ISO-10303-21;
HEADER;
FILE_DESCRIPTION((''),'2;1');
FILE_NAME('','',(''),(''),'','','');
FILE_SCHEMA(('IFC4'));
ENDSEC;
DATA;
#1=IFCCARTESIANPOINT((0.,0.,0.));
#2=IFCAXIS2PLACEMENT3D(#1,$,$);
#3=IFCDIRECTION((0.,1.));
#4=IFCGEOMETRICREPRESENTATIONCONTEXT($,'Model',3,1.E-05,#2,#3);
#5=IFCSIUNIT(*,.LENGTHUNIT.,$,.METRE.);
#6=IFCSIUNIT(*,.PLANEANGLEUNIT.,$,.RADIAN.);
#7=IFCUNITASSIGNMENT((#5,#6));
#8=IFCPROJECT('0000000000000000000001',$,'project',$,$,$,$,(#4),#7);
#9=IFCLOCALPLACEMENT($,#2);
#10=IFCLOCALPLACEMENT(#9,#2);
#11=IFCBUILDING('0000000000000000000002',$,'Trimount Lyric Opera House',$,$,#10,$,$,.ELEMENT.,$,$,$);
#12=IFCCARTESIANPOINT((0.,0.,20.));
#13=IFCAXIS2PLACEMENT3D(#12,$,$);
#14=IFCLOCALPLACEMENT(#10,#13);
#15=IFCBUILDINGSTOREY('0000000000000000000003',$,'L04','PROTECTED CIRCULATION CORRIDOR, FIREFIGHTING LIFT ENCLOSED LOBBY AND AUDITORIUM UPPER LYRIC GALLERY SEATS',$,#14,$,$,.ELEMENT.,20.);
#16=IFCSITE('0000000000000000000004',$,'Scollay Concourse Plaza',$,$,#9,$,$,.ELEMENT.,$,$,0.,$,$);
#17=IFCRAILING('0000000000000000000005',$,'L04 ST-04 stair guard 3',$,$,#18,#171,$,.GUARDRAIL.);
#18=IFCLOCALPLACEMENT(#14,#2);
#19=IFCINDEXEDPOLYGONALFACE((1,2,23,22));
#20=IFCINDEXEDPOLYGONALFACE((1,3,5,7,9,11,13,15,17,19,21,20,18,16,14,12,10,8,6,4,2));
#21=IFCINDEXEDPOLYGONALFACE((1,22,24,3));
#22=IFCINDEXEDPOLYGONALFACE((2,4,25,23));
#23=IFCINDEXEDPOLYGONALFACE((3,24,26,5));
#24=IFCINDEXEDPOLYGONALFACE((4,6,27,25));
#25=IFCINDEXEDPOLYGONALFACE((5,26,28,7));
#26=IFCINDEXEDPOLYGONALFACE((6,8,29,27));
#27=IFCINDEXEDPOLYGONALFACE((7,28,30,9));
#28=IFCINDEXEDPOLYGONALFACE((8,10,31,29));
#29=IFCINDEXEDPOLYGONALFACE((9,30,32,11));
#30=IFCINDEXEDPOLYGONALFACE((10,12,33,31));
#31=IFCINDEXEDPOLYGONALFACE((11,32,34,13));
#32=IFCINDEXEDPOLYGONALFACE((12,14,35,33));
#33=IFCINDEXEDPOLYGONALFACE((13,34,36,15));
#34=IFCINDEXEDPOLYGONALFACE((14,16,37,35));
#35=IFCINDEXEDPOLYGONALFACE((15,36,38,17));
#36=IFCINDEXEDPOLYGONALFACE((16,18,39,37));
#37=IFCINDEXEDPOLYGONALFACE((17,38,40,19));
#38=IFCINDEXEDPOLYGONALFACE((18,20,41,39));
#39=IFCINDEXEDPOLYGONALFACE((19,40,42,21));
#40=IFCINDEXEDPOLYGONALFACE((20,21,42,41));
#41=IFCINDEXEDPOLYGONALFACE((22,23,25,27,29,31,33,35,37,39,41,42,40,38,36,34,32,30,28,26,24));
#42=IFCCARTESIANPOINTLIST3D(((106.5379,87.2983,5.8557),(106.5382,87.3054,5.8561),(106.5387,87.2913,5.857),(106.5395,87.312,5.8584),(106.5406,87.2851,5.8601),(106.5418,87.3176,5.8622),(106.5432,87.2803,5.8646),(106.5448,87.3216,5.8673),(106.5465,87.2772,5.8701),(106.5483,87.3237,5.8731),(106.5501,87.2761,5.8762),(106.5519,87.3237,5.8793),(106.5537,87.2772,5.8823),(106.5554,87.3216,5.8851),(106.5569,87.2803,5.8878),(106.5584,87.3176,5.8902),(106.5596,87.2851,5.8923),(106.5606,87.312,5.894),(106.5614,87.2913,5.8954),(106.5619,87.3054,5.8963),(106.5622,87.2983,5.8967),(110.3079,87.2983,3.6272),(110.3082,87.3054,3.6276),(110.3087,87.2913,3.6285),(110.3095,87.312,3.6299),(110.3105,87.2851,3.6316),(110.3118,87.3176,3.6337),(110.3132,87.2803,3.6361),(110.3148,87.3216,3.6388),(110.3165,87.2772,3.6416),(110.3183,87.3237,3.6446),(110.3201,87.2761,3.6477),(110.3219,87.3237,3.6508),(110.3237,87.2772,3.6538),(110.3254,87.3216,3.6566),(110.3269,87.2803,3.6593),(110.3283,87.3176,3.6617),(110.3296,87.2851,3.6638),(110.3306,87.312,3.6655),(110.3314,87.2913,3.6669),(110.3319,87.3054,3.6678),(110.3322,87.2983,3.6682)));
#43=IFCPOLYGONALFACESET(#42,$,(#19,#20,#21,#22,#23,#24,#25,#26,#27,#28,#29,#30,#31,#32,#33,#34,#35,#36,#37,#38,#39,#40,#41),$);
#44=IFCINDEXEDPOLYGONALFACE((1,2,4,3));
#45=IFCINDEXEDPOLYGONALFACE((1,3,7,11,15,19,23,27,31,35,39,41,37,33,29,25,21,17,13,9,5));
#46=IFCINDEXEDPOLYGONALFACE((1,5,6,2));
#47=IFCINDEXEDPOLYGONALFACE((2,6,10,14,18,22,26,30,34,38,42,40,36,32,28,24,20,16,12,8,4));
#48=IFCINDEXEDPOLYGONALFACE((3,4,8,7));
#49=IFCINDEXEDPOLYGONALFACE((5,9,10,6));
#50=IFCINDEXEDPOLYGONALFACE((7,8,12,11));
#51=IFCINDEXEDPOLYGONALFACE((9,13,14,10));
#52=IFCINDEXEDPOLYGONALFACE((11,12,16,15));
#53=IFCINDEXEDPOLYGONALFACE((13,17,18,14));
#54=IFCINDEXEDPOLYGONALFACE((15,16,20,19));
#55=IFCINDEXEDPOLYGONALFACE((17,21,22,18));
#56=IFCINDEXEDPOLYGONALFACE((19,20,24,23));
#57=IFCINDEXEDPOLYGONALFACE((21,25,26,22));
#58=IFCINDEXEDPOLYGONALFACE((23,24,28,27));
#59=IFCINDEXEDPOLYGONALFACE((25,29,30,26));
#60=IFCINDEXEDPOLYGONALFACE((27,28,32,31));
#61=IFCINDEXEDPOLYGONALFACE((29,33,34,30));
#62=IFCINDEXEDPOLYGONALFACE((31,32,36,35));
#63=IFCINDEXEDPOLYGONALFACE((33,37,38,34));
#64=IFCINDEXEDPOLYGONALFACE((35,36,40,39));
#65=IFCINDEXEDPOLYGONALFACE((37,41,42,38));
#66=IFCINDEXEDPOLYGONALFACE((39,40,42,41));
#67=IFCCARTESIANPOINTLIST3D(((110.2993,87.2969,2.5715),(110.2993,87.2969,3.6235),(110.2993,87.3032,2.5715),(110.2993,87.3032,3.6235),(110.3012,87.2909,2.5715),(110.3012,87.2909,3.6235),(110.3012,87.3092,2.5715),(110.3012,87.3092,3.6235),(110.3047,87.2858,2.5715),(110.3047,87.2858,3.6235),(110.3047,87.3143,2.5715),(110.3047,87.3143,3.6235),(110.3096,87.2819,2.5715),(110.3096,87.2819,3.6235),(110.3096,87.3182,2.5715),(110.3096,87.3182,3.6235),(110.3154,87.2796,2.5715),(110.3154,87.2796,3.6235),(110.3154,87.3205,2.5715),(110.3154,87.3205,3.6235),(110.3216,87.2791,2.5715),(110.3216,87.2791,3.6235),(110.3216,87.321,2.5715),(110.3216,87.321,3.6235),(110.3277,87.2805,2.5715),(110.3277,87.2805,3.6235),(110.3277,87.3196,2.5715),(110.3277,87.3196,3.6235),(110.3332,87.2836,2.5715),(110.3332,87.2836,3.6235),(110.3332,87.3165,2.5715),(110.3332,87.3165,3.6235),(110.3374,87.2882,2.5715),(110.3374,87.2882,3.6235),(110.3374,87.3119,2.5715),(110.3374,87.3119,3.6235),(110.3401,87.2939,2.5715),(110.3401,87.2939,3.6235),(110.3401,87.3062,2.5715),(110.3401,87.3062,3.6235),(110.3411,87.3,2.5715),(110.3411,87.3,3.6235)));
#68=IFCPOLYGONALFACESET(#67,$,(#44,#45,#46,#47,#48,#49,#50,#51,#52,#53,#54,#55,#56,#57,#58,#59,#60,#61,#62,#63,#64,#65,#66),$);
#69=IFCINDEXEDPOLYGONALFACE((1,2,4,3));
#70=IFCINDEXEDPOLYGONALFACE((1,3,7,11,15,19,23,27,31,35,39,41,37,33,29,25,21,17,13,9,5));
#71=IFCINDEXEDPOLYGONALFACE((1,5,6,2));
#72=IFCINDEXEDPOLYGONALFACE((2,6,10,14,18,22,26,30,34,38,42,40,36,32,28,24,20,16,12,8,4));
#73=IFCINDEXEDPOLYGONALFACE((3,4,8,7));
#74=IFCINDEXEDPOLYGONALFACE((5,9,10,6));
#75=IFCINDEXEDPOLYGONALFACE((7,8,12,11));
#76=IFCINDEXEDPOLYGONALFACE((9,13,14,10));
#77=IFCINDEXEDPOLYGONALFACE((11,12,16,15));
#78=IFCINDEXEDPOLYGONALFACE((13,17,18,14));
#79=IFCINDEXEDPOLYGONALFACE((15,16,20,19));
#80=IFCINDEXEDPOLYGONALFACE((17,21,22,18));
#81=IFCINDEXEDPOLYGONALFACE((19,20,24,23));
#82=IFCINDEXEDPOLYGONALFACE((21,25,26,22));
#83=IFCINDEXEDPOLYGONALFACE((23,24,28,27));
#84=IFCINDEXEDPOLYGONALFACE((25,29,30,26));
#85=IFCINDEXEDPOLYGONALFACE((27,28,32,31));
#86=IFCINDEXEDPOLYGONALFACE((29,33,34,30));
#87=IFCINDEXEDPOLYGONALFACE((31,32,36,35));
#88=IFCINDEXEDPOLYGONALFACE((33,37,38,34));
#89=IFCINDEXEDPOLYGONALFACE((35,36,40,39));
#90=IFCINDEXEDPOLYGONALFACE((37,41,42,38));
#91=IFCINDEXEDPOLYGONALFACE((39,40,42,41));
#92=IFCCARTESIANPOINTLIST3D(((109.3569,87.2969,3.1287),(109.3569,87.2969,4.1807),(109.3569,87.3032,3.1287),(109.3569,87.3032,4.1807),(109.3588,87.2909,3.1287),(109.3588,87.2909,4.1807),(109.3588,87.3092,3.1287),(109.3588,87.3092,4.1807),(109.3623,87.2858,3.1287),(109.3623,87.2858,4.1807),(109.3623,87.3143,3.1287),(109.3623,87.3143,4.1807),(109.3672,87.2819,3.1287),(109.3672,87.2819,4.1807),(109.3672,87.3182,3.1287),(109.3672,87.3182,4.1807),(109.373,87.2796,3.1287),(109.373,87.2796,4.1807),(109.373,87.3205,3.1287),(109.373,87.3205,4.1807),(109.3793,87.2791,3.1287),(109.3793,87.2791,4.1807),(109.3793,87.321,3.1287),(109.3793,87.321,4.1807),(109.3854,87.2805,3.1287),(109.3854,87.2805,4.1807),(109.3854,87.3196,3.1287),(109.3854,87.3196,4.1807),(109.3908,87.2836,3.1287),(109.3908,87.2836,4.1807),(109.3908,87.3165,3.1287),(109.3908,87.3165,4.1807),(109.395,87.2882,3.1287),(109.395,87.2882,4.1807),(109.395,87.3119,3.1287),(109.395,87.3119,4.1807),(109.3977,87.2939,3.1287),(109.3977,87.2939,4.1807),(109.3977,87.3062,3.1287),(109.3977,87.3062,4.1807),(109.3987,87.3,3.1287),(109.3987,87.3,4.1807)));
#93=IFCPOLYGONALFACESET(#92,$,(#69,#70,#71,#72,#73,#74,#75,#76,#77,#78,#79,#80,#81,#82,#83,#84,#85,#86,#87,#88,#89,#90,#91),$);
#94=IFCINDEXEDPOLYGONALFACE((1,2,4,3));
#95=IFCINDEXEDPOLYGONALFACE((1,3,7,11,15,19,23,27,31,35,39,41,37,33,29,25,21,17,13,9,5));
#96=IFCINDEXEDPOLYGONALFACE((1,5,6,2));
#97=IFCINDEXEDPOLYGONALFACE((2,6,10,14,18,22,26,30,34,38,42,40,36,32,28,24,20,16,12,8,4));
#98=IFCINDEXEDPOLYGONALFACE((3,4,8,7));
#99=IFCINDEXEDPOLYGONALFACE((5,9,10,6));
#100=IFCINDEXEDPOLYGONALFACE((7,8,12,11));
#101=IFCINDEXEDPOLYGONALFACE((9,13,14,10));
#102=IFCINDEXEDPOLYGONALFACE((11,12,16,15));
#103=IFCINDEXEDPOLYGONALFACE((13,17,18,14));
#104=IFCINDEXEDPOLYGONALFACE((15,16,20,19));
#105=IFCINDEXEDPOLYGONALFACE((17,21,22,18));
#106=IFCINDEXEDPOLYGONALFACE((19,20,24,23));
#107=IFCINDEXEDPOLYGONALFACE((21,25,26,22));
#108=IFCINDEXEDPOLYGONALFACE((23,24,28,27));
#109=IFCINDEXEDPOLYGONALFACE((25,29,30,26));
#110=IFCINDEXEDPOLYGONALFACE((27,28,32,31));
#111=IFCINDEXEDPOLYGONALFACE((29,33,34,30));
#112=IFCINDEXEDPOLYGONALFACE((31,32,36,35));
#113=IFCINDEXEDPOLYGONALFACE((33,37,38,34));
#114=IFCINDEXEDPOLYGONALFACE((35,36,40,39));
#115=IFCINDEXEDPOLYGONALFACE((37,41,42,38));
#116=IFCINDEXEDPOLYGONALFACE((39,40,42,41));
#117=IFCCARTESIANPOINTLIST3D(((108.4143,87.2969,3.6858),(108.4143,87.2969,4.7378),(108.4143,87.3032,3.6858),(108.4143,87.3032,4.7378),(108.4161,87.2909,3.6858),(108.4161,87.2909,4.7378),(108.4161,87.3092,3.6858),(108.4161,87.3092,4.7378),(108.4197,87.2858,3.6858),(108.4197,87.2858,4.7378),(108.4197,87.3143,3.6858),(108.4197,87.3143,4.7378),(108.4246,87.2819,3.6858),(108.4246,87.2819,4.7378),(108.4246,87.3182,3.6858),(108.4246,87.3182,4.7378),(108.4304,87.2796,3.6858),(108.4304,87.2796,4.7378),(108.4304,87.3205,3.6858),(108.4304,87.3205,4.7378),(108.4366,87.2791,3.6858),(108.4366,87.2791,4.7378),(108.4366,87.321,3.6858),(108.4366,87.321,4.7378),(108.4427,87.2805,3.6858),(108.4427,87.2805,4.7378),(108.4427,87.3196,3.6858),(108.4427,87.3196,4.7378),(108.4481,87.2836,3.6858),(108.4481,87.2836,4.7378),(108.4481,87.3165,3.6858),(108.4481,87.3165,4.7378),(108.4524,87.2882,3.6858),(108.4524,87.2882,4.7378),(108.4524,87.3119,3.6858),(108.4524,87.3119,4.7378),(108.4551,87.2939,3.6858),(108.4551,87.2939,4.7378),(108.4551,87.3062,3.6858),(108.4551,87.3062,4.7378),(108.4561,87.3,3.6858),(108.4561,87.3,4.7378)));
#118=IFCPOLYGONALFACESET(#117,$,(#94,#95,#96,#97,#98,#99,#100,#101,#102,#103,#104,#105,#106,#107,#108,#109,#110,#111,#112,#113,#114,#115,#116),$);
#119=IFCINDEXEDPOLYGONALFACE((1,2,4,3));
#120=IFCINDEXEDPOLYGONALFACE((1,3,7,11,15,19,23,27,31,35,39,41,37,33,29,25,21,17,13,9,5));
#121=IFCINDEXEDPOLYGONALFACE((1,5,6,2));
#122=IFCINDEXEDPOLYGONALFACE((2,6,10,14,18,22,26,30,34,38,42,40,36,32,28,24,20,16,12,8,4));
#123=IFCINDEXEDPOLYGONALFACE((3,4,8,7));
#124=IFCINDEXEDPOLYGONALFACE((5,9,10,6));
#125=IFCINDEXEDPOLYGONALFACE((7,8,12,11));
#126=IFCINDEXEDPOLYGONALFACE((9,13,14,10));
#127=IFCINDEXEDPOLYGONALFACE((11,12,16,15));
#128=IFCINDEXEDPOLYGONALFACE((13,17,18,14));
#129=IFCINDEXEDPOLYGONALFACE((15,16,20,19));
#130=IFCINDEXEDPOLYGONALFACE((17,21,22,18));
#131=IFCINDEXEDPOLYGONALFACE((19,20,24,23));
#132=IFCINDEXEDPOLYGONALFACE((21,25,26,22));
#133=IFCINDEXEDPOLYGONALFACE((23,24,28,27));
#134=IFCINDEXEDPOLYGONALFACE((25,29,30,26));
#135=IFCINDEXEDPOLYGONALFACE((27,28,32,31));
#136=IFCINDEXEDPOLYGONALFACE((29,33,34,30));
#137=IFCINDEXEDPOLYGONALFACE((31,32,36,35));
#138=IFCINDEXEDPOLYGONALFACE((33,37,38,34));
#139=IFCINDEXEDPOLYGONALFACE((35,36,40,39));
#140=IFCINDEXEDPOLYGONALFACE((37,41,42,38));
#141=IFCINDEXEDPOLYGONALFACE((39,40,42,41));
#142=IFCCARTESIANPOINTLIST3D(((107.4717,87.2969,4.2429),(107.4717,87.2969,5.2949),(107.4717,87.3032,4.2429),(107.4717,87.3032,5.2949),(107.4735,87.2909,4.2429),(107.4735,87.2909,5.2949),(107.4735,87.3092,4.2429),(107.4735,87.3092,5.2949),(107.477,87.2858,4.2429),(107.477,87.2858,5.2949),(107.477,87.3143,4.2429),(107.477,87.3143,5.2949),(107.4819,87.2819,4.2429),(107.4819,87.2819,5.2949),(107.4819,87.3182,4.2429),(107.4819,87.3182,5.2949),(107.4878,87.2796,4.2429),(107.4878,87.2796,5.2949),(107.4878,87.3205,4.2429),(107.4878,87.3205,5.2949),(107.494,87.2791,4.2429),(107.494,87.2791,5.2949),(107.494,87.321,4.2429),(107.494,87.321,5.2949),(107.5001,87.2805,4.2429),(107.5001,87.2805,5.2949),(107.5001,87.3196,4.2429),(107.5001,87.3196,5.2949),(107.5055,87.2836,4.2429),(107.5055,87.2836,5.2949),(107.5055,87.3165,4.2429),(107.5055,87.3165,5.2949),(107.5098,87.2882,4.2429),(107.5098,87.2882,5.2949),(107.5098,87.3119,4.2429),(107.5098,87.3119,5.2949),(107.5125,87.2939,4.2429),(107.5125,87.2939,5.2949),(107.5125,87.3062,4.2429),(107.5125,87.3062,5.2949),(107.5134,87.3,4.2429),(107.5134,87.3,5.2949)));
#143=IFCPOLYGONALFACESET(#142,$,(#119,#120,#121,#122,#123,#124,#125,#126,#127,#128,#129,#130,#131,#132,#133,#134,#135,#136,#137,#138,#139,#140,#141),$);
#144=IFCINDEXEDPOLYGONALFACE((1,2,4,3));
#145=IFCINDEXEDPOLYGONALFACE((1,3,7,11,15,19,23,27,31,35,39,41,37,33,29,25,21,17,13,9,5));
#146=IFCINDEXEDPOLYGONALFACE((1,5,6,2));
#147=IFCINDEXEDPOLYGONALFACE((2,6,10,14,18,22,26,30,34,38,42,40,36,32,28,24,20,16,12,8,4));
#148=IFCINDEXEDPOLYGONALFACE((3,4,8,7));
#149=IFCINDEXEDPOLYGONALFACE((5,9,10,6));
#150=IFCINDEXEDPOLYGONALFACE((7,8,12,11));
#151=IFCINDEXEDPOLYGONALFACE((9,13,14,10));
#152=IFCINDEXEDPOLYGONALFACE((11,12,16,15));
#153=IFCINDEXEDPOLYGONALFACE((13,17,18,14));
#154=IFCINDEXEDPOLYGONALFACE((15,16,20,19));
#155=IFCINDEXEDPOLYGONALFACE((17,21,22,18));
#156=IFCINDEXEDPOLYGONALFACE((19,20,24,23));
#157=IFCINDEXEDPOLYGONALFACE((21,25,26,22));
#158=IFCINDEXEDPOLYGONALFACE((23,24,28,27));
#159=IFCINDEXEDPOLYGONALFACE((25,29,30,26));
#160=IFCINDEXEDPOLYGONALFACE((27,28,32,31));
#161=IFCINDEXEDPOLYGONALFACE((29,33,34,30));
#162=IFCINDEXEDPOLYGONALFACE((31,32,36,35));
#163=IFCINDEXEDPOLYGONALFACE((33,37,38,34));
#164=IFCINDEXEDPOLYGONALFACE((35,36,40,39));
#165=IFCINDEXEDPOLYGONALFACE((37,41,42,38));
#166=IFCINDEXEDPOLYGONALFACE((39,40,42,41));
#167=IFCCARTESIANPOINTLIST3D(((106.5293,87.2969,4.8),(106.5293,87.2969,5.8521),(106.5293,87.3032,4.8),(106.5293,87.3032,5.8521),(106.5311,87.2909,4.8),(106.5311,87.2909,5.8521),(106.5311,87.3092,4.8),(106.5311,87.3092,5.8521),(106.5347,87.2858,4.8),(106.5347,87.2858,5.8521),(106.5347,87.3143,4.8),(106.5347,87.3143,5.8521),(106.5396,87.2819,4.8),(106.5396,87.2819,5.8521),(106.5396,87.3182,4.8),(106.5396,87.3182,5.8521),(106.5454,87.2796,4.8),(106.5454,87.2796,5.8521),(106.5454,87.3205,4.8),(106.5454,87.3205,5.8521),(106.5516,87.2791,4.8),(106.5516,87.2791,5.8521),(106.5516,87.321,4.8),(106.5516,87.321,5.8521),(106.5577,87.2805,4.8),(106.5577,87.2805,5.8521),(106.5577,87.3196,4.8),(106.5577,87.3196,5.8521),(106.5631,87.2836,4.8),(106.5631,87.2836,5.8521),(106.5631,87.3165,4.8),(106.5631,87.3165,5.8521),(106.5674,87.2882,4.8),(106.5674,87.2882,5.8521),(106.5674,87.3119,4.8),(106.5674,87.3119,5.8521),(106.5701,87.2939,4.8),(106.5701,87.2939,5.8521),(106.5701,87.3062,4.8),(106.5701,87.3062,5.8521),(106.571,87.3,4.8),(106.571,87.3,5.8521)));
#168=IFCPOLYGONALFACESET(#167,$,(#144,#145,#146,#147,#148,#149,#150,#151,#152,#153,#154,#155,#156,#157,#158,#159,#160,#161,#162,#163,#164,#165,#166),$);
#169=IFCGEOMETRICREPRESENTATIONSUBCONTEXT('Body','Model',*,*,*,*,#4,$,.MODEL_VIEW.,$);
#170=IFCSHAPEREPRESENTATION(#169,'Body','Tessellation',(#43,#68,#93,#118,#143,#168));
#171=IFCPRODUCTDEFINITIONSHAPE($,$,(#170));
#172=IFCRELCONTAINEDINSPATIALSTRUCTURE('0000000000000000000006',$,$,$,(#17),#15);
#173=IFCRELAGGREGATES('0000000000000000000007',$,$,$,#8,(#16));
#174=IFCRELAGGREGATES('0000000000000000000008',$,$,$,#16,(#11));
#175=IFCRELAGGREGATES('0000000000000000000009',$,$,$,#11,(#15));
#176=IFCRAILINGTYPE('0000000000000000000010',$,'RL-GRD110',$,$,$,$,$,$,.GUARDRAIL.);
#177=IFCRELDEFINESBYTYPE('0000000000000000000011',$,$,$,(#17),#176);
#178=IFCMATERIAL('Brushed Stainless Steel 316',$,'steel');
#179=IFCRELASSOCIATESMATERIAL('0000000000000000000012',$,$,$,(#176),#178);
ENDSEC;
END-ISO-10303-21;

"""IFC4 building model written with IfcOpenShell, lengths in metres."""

from ifc_helpers import new_model, si_unit, direction, frame, origin, origin_2d, place, context, subcontext, project, spatial, circle, extrude, material, type_object, element, save


model = new_model("IFC4")

# Units and contexts
model_context = context("Model", 3, precision=1e-05, world=origin(), true_north=direction((0.0, 1.0)))
body_context = subcontext(model_context, "Body", "Model", "MODEL_VIEW")
ifc_project = project(units=[si_unit("LENGTHUNIT", "METRE"), si_unit("PLANEANGLEUNIT", "RADIAN")], contexts=[model_context])

# Site, building, storey
site_placement = place(None, origin())
site = spatial("IfcSite", under=ifc_project, at=site_placement, Name="Scollay Concourse Plaza", CompositionType="ELEMENT", RefElevation=0.0)
building_placement = place(site_placement, origin())
building = spatial("IfcBuilding", under=site, at=building_placement, Name="Trimount Lyric Opera House", CompositionType="ELEMENT")
storey_placement = place(building_placement, frame((0.0, 0.0, 20.0)))
storey = spatial("IfcBuildingStorey", under=building, at=storey_placement, Name="L04", Description="PROTECTED CIRCULATION CORRIDOR, FIREFIGHTING LIFT ENCLOSED LOBBY AND AUDITORIUM UPPER LYRIC GALLERY SEATS", CompositionType="ELEMENT", Elevation=20.0)

# Railing
ifc_material_1 = material(Name="Brushed Stainless Steel 316", Category="steel")
railing_type_1 = type_object("IfcRailingType", Name="RL-GRD110", PredefinedType="GUARDRAIL", material=ifc_material_1)
railing_1_placement = place(storey_placement, frame((110.3201, 87.3, 2.5715)))
element("IfcRailing", 1, at=railing_1_placement, inside=storey, type_object=railing_type_1, Name="L04 ST-04 stair guard 3", PredefinedType="GUARDRAIL", context=body_context, shape_type="SweptSolid", body=[
    extrude(circle(Radius=0.0239, at=origin_2d()), frame((0.0, 0.0, 1.0762), z_axis=(-0.860849, 0.0, 0.508861), x_axis=(0.0, -1.0, 0.0)), (0.0, 0.0, 1.0), 4.3794),
    extrude(circle(Radius=0.021, at=origin_2d()), origin(), (0.0, 0.0, 1.0), 1.052),
    extrude(circle(Radius=0.021, at=origin_2d()), frame((-0.9424, 0.0, 0.5571)), (0.0, 0.0, 1.0), 1.052),
    extrude(circle(Radius=0.021, at=origin_2d()), frame((-1.885, 0.0, 1.1143)), (0.0, 0.0, 1.0), 1.052),
    extrude(circle(Radius=0.021, at=origin_2d()), frame((-2.8276, 0.0, 1.6714)), (0.0, 0.0, 1.0), 1.052),
    extrude(circle(Radius=0.021, at=origin_2d()), frame((-3.77, 0.0, 2.2285)), (0.0, 0.0, 1.0), 1.052),
])

save(model, "model.ifc")
